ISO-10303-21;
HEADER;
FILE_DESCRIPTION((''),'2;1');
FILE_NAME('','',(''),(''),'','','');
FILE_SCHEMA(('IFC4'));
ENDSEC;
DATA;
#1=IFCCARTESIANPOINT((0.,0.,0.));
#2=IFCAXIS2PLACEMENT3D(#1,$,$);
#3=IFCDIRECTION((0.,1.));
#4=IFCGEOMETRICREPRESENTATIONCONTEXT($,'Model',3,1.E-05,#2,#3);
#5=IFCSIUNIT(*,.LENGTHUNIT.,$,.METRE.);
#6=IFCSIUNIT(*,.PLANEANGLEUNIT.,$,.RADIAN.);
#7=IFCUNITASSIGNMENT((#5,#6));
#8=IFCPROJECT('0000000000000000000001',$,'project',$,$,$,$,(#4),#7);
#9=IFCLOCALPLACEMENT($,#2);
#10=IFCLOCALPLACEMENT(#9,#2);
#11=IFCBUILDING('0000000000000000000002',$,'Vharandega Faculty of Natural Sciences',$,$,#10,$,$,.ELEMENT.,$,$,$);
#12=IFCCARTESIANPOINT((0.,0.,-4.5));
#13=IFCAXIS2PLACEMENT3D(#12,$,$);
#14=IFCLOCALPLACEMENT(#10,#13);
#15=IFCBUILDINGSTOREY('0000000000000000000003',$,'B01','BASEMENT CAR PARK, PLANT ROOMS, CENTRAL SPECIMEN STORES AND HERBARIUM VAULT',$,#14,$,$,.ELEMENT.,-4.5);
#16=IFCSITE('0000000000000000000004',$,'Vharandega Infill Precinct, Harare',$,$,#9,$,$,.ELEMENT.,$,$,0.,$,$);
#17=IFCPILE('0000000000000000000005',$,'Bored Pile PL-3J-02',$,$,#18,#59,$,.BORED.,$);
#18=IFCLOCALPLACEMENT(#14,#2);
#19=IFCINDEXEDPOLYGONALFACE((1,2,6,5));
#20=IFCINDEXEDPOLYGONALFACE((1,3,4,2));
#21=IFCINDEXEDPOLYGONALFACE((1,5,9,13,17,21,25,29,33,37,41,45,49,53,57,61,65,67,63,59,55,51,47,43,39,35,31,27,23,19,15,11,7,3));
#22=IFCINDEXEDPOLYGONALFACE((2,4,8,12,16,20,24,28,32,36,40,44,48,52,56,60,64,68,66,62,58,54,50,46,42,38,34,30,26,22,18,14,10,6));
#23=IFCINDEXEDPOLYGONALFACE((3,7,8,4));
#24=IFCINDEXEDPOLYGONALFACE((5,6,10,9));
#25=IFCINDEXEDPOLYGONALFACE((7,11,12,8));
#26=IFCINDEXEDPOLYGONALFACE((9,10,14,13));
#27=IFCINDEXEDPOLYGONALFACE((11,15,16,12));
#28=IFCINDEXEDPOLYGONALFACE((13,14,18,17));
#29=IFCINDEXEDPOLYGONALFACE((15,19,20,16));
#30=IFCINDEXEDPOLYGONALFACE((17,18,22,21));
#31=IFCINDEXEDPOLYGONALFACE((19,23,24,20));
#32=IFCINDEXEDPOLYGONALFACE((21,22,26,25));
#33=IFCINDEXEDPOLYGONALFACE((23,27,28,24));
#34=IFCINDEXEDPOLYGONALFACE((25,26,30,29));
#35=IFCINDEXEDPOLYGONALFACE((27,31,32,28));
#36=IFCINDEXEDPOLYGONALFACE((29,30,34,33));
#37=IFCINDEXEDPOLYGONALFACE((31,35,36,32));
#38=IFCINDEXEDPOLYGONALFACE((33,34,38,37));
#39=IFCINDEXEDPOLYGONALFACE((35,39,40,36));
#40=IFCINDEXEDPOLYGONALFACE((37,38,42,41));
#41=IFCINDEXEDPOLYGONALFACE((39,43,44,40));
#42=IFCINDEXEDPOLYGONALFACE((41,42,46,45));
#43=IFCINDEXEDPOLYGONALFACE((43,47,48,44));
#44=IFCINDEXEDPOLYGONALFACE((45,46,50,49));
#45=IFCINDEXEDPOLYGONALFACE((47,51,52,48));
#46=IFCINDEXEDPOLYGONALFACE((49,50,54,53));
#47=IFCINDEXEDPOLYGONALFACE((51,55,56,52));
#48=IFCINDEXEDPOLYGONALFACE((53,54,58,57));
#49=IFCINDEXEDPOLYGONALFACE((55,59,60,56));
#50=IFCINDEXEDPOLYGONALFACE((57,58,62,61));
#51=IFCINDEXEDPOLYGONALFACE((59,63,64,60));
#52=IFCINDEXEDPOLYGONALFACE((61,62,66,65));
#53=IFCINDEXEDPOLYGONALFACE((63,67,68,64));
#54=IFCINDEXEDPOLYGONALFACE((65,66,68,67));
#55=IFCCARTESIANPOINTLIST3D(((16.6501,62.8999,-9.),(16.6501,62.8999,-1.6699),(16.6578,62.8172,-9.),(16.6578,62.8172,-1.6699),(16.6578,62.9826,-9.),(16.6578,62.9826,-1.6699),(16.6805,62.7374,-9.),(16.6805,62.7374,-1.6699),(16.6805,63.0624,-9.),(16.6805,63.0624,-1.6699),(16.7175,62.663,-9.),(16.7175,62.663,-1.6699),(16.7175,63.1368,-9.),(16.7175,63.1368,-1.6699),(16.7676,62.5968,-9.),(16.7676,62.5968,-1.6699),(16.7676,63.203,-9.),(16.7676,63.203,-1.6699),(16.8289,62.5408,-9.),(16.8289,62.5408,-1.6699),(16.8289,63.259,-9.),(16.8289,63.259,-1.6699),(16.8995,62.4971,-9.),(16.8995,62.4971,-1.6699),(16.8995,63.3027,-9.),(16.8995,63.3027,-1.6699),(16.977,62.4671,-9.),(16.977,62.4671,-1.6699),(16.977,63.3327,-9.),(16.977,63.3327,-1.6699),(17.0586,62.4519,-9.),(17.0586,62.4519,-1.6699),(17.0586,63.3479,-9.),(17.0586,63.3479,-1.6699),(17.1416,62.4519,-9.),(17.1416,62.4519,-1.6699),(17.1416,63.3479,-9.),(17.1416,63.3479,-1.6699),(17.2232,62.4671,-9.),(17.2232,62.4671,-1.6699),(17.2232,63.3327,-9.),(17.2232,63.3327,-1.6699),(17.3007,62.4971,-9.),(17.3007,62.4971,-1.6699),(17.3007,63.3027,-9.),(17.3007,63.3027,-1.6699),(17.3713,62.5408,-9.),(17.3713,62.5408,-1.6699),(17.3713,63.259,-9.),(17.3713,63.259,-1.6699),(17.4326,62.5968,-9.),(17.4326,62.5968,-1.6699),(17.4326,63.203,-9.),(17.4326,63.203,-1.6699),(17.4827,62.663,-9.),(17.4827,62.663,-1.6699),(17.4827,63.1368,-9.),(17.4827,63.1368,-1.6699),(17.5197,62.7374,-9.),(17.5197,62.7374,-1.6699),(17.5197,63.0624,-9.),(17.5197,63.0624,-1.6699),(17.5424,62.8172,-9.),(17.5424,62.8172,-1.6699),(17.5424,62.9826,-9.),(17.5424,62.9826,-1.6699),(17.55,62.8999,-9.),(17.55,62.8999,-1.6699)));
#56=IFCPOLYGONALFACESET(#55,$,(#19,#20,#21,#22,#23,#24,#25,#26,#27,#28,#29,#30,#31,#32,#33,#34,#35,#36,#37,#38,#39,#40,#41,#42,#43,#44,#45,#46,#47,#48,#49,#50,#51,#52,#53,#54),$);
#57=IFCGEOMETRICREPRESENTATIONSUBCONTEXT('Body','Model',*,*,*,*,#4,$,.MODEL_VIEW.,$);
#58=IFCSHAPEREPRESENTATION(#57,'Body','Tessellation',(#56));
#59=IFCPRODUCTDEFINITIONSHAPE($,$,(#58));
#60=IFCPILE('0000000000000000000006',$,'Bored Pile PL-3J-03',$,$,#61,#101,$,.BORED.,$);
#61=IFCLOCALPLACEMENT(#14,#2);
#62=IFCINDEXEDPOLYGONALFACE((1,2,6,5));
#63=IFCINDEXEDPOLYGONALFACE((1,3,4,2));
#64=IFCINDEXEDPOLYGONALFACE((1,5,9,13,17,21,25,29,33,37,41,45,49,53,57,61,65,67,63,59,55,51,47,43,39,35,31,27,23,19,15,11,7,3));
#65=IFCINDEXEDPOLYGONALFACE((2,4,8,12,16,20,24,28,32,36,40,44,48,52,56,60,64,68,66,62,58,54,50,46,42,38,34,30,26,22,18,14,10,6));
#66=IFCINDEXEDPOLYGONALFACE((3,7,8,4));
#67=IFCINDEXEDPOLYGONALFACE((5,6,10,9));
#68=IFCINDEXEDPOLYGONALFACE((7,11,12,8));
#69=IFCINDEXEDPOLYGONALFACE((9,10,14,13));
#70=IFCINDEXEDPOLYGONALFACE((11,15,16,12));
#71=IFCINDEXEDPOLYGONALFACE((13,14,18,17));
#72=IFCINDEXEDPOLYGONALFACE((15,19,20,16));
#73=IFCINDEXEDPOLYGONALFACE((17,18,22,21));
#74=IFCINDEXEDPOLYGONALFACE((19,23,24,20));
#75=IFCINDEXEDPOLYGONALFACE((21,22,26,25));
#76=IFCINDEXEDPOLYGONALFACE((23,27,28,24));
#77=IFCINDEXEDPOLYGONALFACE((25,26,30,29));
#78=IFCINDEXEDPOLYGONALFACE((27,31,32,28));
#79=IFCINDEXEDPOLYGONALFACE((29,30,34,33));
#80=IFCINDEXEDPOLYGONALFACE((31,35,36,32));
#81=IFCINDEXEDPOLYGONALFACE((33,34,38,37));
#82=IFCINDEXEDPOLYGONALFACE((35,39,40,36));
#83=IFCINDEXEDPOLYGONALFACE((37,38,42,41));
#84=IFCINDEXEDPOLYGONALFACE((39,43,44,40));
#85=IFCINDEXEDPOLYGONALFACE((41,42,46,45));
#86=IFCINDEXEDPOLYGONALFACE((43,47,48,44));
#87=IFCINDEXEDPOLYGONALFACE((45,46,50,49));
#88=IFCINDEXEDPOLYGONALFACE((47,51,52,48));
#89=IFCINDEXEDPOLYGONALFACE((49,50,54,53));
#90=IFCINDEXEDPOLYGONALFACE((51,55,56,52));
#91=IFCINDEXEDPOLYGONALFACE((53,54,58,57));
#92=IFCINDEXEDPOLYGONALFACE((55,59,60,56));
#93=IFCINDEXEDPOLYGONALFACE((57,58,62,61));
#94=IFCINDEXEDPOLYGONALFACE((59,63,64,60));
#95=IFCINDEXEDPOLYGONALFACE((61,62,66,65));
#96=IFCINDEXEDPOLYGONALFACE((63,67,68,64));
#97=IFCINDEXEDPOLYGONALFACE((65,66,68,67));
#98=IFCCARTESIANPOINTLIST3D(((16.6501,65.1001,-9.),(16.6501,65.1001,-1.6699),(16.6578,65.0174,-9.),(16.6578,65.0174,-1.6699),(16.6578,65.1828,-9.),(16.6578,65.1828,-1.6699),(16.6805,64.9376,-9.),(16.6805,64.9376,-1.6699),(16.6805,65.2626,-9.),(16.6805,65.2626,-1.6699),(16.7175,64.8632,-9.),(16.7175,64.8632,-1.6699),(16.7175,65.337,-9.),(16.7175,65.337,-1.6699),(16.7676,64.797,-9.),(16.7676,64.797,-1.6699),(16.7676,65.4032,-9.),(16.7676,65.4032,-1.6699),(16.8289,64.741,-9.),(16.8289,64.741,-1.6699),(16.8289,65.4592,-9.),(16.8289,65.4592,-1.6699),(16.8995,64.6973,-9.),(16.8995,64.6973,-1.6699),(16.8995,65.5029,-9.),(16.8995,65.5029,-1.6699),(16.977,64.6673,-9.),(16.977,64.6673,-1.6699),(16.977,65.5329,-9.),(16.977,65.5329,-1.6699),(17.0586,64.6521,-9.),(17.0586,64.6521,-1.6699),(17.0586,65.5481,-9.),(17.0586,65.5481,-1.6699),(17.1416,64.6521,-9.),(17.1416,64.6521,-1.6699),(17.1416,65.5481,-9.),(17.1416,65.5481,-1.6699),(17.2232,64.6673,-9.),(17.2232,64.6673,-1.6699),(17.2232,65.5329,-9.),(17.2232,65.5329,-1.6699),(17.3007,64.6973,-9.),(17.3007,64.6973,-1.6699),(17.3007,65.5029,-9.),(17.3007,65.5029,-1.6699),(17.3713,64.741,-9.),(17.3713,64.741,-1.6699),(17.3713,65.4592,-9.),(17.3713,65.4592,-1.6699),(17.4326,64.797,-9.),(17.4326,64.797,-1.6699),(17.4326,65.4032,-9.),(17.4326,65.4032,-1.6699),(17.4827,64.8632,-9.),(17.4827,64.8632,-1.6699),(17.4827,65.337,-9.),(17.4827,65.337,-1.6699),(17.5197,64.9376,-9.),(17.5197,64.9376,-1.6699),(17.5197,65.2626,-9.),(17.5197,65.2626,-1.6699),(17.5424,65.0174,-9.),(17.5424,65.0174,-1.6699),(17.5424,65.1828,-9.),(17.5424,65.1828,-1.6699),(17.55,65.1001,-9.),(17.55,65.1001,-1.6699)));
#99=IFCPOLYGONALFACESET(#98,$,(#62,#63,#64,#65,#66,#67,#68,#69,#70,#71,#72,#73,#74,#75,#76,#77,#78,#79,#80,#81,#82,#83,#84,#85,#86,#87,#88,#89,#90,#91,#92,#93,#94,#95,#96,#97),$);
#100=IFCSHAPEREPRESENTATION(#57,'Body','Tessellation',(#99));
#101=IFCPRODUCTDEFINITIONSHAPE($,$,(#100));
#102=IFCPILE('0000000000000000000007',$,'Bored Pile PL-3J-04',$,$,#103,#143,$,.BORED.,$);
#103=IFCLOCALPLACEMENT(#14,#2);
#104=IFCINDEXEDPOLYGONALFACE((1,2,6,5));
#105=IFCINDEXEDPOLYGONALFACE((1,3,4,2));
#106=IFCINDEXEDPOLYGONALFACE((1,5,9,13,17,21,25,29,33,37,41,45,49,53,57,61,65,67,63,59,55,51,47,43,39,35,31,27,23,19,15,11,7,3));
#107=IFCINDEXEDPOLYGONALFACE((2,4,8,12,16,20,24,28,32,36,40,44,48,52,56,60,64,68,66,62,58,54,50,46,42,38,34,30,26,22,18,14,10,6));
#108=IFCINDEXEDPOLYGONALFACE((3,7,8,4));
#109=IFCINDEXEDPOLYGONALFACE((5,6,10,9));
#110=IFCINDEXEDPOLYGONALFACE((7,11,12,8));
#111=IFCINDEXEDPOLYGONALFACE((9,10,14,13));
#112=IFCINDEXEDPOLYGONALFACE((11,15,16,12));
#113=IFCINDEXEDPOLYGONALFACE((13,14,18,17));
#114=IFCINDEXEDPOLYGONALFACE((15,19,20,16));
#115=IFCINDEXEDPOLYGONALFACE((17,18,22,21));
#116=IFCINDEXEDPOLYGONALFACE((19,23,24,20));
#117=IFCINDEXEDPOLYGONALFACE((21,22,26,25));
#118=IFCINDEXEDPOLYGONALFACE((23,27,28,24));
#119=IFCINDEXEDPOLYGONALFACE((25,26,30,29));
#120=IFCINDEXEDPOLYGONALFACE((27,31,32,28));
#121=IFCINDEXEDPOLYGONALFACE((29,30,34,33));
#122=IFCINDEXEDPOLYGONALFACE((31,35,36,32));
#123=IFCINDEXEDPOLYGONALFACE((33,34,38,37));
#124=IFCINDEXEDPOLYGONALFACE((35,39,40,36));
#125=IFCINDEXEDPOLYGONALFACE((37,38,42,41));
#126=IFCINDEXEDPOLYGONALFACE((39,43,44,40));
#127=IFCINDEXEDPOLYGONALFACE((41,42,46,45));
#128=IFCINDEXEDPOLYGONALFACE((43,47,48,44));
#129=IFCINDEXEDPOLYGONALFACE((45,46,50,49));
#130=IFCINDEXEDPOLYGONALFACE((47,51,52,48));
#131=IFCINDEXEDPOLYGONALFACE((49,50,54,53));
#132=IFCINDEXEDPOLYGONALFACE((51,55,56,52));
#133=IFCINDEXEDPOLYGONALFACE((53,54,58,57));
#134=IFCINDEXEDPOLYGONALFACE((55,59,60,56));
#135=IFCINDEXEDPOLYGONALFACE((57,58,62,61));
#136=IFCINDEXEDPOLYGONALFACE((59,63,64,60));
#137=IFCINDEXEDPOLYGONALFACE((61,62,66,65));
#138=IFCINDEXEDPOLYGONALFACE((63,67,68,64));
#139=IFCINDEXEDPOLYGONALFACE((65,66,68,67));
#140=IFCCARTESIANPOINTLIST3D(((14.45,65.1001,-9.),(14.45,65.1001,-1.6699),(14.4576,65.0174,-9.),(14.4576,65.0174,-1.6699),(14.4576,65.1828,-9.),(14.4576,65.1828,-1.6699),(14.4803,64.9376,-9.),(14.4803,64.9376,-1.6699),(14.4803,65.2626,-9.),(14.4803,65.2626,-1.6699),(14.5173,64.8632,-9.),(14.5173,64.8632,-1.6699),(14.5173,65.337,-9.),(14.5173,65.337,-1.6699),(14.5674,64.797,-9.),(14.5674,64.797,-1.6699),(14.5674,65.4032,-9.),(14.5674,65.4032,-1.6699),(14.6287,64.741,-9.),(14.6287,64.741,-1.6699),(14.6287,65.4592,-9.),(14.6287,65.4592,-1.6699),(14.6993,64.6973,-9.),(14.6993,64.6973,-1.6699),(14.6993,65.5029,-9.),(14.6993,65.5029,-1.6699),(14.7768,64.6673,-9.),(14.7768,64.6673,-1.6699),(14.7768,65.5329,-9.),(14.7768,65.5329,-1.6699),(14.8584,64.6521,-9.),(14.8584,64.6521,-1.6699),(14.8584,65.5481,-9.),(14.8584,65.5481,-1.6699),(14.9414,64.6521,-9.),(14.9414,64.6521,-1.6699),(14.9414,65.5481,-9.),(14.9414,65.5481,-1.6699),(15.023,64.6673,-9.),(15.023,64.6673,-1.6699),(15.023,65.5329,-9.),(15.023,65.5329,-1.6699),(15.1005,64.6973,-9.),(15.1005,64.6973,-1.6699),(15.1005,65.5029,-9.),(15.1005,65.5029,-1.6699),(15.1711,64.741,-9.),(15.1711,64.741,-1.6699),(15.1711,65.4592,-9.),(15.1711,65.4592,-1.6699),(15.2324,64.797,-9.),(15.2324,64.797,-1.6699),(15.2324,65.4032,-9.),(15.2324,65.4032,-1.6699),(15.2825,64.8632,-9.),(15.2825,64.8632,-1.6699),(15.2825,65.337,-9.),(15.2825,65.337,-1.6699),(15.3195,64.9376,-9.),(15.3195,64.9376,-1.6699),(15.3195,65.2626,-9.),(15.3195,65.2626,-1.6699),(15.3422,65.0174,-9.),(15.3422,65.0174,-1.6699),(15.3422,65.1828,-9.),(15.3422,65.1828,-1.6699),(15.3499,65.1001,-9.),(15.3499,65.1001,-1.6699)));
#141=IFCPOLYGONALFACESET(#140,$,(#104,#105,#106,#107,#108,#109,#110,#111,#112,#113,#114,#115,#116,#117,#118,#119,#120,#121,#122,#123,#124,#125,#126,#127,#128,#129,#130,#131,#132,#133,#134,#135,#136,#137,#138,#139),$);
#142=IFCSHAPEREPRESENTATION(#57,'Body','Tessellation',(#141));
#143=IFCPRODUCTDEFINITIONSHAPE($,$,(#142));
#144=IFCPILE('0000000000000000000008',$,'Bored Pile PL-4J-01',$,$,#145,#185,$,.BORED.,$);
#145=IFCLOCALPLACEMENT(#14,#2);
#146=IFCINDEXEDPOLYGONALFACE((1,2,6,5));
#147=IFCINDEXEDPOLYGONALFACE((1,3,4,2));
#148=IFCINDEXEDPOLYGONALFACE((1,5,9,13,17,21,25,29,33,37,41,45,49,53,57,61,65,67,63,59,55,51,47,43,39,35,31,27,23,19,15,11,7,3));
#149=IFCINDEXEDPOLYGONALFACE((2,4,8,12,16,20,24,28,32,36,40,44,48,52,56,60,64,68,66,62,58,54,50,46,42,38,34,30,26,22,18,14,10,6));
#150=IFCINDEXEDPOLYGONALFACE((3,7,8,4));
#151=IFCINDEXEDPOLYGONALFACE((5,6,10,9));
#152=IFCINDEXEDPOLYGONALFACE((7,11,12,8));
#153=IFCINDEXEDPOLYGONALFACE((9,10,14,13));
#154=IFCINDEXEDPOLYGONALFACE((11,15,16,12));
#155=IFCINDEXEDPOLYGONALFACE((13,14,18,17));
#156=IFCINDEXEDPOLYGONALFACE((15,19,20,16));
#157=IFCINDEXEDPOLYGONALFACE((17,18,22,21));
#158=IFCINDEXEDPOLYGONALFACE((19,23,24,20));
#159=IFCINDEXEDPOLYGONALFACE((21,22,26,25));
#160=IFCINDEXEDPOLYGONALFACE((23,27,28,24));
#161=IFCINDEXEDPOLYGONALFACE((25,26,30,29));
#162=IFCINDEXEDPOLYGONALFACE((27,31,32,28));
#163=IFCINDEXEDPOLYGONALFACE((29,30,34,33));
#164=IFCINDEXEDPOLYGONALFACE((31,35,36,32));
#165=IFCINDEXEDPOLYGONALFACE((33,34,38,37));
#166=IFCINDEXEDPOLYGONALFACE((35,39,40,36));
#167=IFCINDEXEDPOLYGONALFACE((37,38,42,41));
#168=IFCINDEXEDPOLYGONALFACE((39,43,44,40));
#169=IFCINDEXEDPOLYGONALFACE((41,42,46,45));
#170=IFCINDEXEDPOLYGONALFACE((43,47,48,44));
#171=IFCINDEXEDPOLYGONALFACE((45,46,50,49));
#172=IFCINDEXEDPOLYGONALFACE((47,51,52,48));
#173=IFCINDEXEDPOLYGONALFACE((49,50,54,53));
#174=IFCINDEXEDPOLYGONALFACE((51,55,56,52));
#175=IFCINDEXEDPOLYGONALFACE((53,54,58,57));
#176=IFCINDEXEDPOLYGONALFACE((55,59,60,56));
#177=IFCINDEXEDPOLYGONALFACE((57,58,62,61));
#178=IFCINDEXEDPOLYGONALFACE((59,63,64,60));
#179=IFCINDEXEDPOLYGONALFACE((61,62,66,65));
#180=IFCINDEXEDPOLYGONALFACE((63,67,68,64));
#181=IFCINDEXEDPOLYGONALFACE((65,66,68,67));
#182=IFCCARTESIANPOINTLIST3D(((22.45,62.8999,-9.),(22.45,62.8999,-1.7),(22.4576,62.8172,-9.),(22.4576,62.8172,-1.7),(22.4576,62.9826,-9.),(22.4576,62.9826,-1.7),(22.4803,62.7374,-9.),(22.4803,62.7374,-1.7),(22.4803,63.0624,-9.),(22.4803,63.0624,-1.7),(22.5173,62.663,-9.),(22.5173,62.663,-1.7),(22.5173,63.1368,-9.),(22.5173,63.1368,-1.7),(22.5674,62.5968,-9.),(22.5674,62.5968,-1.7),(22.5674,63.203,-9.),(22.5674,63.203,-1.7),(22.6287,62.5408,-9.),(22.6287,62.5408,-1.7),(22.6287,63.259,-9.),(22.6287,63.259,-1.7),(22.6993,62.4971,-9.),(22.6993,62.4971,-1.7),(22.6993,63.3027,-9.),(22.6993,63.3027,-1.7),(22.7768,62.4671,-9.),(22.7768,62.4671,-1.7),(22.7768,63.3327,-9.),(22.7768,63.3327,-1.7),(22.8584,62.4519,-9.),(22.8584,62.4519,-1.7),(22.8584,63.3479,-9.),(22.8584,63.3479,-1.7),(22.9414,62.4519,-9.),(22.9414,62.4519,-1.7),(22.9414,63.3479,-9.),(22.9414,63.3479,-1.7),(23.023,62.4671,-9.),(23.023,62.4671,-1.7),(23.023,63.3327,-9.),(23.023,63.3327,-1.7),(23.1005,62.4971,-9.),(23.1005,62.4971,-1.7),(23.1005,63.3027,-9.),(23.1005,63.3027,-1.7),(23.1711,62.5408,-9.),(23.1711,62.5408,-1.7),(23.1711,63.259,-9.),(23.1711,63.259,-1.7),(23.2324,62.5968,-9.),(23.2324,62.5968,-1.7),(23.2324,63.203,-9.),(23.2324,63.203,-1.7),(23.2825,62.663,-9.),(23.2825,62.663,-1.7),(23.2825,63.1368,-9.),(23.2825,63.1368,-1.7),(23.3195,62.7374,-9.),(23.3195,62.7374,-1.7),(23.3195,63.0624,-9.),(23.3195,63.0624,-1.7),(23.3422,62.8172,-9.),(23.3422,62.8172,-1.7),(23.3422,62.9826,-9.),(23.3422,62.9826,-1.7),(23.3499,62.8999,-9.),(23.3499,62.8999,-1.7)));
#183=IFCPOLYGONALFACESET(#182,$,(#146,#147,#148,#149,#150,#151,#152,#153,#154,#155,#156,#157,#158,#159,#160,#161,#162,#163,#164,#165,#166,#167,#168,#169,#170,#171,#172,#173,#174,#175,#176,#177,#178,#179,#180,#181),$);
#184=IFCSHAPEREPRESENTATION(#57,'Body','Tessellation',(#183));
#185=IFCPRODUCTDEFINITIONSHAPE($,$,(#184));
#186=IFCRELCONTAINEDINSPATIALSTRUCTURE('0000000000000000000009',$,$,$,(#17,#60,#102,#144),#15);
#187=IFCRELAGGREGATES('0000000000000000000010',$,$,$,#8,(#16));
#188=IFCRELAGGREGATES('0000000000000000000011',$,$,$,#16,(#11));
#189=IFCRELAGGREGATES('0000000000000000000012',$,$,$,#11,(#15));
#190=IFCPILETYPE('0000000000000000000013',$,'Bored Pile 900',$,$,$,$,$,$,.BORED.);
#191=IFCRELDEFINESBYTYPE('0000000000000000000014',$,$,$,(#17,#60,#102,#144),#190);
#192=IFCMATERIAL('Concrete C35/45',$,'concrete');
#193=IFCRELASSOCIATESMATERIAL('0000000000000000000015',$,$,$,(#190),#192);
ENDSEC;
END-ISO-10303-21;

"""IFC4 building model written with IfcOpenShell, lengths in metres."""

from ifc_helpers import new_model, si_unit, direction, frame, origin, origin_2d, place, context, subcontext, project, spatial, circle, extrude, material, material_profile, profile_set, type_object, element, save


model = new_model("IFC4")

# Units and contexts
model_context = context("Model", 3, precision=1e-05, world=origin(), true_north=direction((0.0, 1.0)))
body_context = subcontext(model_context, "Body", "Model", "MODEL_VIEW")
ifc_project = project(units=[si_unit("LENGTHUNIT", "METRE"), si_unit("PLANEANGLEUNIT", "RADIAN")], contexts=[model_context])

# Site, building, storey
site_placement = place(None, origin())
site = spatial("IfcSite", under=ifc_project, at=site_placement, Name="Vharandega Infill Precinct, Harare", CompositionType="ELEMENT", RefElevation=0.0)
building_placement = place(site_placement, origin())
building = spatial("IfcBuilding", under=site, at=building_placement, Name="Vharandega Faculty of Natural Sciences", CompositionType="ELEMENT")
storey_placement = place(building_placement, frame((0.0, 0.0, -4.5)))
storey = spatial("IfcBuildingStorey", under=building, at=storey_placement, Name="B01", Description="BASEMENT CAR PARK, PLANT ROOMS, CENTRAL SPECIMEN STORES AND HERBARIUM VAULT", CompositionType="ELEMENT", Elevation=-4.5)

# Piles
ifc_material_1 = material(Name="Concrete C35/45", Category="concrete")
ifc_material_profile_1 = material_profile(ifc_material_1, circle(Radius=0.45, at=origin_2d()), Name="PILE 900")
ifc_profile_set_1 = profile_set([ifc_material_profile_1], Name="Concrete C35/45")
pile_type = type_object("IfcPileType", Name="Bored Pile 900", PredefinedType="BORED", material=ifc_profile_set_1)
for number, where, z_axis, x_axis, name in (
    (1, (17.1001, 62.8999, -1.6699), (0.0, 0.0, -1.0), (1.0, 0.0, 0.0), "Bored Pile PL-3J-02"),
    (2, (17.1001, 65.1001, -1.6699), (0.0, 0.0, -1.0), (1.0, 0.0, 0.0), "Bored Pile PL-3J-03"),
    (3, (14.8999, 65.1001, -1.6699), (0.0, 0.0, -1.0), (1.0, 0.0, 0.0), "Bored Pile PL-3J-04"),
):
    element("IfcPile", number, at=place(storey_placement, frame(where, z_axis=z_axis, x_axis=x_axis)), inside=storey, type_object=pile_type, Name=name, PredefinedType="BORED", context=body_context, shape_type="SweptSolid", body=[
        extrude(circle(Radius=0.45, at=origin_2d()), origin(), (0.0, 0.0, 1.0), 7.3301),
    ])
for number, where, z_axis, x_axis, name in (
    (4, (22.8999, 62.8999, -1.7), (0.0, 0.0, -1.0), (1.0, 0.0, 0.0), "Bored Pile PL-4J-01"),
):
    element("IfcPile", number, at=place(storey_placement, frame(where, z_axis=z_axis, x_axis=x_axis)), inside=storey, type_object=pile_type, Name=name, PredefinedType="BORED", context=body_context, shape_type="SweptSolid", body=[
        extrude(circle(Radius=0.45, at=origin_2d()), origin(), (0.0, 0.0, 1.0), 7.3),
    ])

save(model, "model.ifc")
